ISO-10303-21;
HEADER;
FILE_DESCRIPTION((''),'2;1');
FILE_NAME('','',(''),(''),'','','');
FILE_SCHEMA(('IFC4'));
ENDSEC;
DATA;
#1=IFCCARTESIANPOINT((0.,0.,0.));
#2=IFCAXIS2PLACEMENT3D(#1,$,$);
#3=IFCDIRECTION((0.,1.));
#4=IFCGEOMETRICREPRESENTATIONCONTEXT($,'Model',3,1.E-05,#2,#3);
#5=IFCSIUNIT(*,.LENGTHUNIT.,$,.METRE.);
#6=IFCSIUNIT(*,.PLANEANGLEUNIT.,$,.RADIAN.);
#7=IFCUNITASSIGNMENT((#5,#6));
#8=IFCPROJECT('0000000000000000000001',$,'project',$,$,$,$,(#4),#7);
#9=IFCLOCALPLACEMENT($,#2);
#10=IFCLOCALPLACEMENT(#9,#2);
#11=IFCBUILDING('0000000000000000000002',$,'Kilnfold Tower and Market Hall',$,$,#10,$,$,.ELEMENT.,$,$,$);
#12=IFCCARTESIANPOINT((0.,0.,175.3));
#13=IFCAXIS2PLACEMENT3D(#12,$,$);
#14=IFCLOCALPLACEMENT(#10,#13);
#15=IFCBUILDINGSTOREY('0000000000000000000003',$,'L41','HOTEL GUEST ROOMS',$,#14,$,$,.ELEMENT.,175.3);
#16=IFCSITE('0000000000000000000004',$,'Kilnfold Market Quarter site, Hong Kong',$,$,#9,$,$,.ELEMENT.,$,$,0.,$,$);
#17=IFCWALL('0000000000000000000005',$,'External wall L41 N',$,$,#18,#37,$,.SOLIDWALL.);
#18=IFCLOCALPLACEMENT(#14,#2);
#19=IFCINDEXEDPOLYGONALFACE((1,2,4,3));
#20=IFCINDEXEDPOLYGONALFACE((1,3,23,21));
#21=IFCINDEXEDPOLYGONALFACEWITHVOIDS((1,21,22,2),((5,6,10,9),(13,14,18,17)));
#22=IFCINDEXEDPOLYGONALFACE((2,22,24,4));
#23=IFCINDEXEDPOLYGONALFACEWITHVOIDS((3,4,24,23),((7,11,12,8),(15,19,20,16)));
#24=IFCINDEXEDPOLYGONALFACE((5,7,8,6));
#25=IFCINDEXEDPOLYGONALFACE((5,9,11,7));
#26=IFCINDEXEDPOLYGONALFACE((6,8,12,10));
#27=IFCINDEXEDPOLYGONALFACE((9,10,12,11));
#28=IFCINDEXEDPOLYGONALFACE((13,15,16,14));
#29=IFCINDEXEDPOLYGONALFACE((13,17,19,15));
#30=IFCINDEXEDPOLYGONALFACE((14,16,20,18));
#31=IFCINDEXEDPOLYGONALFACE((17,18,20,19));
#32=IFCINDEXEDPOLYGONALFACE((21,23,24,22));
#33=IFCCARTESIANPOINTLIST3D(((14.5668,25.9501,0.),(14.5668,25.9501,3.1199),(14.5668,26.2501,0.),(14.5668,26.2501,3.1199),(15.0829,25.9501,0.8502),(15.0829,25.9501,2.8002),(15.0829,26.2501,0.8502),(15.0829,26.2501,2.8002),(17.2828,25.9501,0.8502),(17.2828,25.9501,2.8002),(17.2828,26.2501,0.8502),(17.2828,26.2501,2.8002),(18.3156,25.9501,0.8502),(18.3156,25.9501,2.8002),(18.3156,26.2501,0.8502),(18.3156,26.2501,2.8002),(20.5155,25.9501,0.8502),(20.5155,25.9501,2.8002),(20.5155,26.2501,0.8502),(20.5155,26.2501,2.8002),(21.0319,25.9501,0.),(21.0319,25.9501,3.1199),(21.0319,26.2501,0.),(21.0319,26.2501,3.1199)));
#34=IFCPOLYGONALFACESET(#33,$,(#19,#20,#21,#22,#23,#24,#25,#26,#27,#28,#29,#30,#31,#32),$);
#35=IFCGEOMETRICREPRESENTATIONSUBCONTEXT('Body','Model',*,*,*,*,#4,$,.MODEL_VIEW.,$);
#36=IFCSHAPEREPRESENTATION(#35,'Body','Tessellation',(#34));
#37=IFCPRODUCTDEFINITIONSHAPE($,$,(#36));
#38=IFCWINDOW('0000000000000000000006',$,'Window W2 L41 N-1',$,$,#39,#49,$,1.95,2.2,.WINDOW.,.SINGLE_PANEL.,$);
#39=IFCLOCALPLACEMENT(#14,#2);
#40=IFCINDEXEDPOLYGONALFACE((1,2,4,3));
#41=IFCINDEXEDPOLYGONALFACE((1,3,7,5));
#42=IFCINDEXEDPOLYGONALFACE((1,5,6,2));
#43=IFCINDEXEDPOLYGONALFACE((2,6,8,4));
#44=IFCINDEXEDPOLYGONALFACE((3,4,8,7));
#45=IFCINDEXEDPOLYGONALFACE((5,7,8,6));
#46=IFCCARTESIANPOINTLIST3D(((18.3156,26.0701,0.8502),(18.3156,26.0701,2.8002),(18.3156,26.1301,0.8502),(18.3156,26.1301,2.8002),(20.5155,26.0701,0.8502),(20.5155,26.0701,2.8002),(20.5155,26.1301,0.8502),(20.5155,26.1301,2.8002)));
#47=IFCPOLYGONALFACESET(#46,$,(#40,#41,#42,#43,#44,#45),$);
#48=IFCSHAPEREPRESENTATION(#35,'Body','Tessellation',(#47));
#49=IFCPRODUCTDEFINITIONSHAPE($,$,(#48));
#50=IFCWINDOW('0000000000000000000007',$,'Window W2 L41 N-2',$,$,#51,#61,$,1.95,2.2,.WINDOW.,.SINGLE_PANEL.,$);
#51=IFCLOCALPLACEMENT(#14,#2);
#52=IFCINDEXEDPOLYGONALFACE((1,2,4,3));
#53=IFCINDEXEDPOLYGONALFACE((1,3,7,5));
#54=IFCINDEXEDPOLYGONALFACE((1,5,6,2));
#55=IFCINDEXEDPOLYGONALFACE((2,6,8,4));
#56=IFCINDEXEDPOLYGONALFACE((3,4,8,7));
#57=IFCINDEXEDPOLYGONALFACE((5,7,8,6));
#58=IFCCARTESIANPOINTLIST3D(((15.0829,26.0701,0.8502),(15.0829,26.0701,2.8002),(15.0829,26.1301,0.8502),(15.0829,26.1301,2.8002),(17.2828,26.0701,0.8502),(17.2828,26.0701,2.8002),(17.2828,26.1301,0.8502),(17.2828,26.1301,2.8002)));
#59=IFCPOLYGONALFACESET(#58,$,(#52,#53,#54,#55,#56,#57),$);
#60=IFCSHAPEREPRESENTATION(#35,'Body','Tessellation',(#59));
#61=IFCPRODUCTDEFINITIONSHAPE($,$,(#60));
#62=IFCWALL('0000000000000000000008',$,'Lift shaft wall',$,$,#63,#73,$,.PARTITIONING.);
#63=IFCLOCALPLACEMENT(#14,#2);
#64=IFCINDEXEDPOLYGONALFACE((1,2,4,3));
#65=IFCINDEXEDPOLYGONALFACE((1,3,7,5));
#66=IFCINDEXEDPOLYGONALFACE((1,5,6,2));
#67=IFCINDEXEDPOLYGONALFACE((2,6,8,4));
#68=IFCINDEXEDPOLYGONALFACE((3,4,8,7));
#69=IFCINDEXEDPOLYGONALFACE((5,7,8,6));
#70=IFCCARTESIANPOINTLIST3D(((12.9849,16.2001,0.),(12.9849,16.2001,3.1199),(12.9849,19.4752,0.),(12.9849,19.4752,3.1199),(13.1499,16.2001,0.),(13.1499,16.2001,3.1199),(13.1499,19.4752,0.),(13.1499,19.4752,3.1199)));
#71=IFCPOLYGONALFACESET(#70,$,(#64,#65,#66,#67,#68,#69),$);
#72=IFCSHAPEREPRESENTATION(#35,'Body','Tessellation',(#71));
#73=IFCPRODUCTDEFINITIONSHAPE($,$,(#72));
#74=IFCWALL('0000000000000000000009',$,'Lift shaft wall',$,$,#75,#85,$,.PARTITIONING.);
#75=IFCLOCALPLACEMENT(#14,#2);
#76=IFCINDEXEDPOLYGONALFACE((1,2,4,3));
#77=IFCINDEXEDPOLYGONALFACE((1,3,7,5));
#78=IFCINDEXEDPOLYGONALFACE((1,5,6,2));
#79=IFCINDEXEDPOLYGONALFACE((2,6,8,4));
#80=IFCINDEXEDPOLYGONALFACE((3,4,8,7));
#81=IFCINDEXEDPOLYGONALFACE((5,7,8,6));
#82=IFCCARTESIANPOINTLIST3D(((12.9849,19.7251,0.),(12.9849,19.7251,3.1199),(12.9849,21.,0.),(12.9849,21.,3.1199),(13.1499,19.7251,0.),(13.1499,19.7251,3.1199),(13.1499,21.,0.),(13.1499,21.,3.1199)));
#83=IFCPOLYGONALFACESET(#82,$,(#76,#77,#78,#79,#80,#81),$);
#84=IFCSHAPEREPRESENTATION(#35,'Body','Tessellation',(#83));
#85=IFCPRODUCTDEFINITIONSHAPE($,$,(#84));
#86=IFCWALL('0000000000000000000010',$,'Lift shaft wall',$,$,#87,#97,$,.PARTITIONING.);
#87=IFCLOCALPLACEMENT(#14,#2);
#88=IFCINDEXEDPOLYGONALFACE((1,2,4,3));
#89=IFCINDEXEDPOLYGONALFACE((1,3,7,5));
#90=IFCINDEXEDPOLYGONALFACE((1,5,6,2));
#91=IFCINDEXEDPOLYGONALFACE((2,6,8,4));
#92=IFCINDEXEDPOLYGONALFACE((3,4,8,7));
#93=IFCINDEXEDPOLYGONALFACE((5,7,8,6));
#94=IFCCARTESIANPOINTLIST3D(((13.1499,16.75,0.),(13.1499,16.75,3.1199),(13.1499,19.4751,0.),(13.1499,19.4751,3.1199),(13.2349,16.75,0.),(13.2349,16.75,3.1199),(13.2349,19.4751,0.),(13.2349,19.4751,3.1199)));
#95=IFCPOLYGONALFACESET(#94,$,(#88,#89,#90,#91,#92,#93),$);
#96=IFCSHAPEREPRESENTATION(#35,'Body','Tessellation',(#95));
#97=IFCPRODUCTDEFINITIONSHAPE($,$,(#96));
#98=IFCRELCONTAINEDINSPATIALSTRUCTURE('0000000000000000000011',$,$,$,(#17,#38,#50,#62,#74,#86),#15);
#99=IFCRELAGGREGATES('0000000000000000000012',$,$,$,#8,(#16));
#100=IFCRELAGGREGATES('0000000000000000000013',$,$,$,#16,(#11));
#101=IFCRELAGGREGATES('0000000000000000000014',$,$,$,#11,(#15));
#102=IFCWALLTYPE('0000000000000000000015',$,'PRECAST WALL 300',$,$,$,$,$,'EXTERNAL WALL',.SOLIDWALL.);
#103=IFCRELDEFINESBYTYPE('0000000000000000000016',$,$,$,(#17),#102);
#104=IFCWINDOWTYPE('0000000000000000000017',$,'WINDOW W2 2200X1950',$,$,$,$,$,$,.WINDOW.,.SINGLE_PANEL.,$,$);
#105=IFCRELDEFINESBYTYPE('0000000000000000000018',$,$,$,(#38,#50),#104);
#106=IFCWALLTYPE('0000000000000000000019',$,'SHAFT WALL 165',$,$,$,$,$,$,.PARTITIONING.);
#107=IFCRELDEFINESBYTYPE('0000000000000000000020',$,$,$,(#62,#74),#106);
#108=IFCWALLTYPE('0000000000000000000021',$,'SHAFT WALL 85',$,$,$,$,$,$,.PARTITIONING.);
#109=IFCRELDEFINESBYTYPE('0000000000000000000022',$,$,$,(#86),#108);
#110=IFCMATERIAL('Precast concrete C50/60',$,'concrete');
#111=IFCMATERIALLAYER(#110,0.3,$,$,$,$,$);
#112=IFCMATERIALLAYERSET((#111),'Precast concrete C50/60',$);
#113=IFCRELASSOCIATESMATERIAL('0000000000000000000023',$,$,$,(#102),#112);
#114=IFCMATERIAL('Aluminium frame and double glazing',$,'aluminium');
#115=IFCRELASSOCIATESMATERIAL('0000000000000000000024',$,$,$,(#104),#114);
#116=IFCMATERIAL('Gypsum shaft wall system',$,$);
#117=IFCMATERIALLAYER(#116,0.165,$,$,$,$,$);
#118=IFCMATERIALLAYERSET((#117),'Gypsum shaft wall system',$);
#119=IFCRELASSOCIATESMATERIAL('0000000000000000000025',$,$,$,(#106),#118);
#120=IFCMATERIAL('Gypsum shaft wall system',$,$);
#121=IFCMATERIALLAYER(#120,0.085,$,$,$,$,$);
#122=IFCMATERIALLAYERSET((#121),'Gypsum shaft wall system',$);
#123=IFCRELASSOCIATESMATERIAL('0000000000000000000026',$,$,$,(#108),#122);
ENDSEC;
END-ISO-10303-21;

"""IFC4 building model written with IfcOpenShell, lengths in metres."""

from ifc_helpers import new_model, si_unit, direction, frame, frame_2d, origin, place, context, subcontext, project, spatial, rectangle, extrude, source, transform, mapped, material, layer, layer_set, type_object, element, fill, save


model = new_model("IFC4")

# Units and contexts
model_context = context("Model", 3, precision=1e-05, world=origin(), true_north=direction((0.0, 1.0)))
body_context = subcontext(model_context, "Body", "Model", "MODEL_VIEW")
ifc_project = project(units=[si_unit("LENGTHUNIT", "METRE"), si_unit("PLANEANGLEUNIT", "RADIAN")], contexts=[model_context])

# Site, building, storey
site_placement = place(None, origin())
site = spatial("IfcSite", under=ifc_project, at=site_placement, Name="Kilnfold Market Quarter site, Hong Kong", CompositionType="ELEMENT", RefElevation=0.0)
building_placement = place(site_placement, origin())
building = spatial("IfcBuilding", under=site, at=building_placement, Name="Kilnfold Tower and Market Hall", CompositionType="ELEMENT")
storey_placement = place(building_placement, frame((0.0, 0.0, 175.3)))
storey = spatial("IfcBuildingStorey", under=building, at=storey_placement, Name="L41", Description="HOTEL GUEST ROOMS", CompositionType="ELEMENT", Elevation=175.3)

# Shared definitions
ifc_material_1 = material(Name="Precast concrete C50/60", Category="concrete")
ifc_layer_1 = layer(ifc_material_1, 0.3)
ifc_layer_set_1 = layer_set([ifc_layer_1], Name="Precast concrete C50/60")
wall_type_1 = type_object("IfcWallType", Name="PRECAST WALL 300", ElementType="EXTERNAL WALL", PredefinedType="SOLIDWALL", material=ifc_layer_set_1)
ifc_material_2 = material(Name="Aluminium frame and double glazing", Category="aluminium")
window_type = type_object("IfcWindowType", Name="WINDOW W2 2200X1950", PartitioningType="SINGLE_PANEL", PredefinedType="WINDOW", material=ifc_material_2)

# Wall, openings, windows
shared_shape_1 = source(origin(), body_context, "Body", "SweptSolid", [
    extrude(rectangle(XDim=6.4651, YDim=0.3, at=frame_2d((3.2324, 0.0))), origin(), (0.0, 0.0, 1.0), 3.1199),
])
wall_1_placement = place(storey_placement, frame((21.0317, 26.1001, 0.0), z_axis=(0.0, 0.0, 1.0), x_axis=(-1.0, 0.0, 0.0)))
wall_1 = element("IfcWall", 1, at=wall_1_placement, inside=storey, type_object=wall_type_1, Name="External wall L41 N", PredefinedType="SOLIDWALL", context=body_context, shape_type="MappedRepresentation", body=[
    mapped(shared_shape_1, transform((0.0, 0.0, 0.0))),
])
opening_1_placement = place(wall_1_placement, frame((0.5161, 0.0, 0.8501)))
opening_1 = element("IfcOpeningElement", 2, at=opening_1_placement, cuts=wall_1, PredefinedType="OPENING", context=body_context, shape_type="SweptSolid", body=[
    extrude(rectangle(XDim=2.2, YDim=1.95, at=frame_2d((1.1001, 0.9751))), frame((0.0, 0.1602, 0.0), z_axis=(0.0, -1.0, 0.0), x_axis=(1.0, 0.0, 0.0)), (0.0, 0.0, 1.0), 0.3201),
])
opening_2_placement = place(wall_1_placement, frame((3.7488, 0.0, 0.8501)))
opening_2 = element("IfcOpeningElement", 3, at=opening_2_placement, cuts=wall_1, PredefinedType="OPENING", context=body_context, shape_type="SweptSolid", body=[
    extrude(rectangle(XDim=2.2, YDim=1.95, at=frame_2d((1.1001, 0.9751))), frame((0.0, 0.1602, 0.0), z_axis=(0.0, -1.0, 0.0), x_axis=(1.0, 0.0, 0.0)), (0.0, 0.0, 1.0), 0.3201),
])
window_1_placement = place(opening_1_placement, origin())
window_1 = element("IfcWindow", 4, at=window_1_placement, inside=storey, type_object=window_type, Name="Window W2 L41 N-1", OverallHeight=1.95, OverallWidth=2.2, PartitioningType="SINGLE_PANEL", PredefinedType="WINDOW", context=body_context, shape_type="SweptSolid", body=[
    extrude(rectangle(XDim=2.2, YDim=1.95, at=frame_2d((1.1001, 0.9751))), frame((0.0, 0.03, 0.0), z_axis=(0.0, -1.0, 0.0), x_axis=(1.0, 0.0, 0.0)), (0.0, 0.0, 1.0), 0.0601),
])
fill(opening_1, window_1)
window_2_placement = place(opening_2_placement, origin())
window_2 = element("IfcWindow", 5, at=window_2_placement, inside=storey, type_object=window_type, Name="Window W2 L41 N-2", OverallHeight=1.95, OverallWidth=2.2, PartitioningType="SINGLE_PANEL", PredefinedType="WINDOW", context=body_context, shape_type="SweptSolid", body=[
    extrude(rectangle(XDim=2.2, YDim=1.95, at=frame_2d((1.1001, 0.9751))), frame((0.0, 0.03, 0.0), z_axis=(0.0, -1.0, 0.0), x_axis=(1.0, 0.0, 0.0)), (0.0, 0.0, 1.0), 0.0601),
])
fill(opening_2, window_2)

# Walls
ifc_material_3 = material(Name="Gypsum shaft wall system")
ifc_layer_2 = layer(ifc_material_3, 0.165)
ifc_layer_set_2 = layer_set([ifc_layer_2], Name="Gypsum shaft wall system")
wall_type_2 = type_object("IfcWallType", Name="SHAFT WALL 165", PredefinedType="PARTITIONING", material=ifc_layer_set_2)
shared_shape_2 = source(origin(), body_context, "Body", "SweptSolid", [
    extrude(rectangle(XDim=3.2751, YDim=0.165, at=frame_2d((1.6377, 0.0))), origin(), (0.0, 0.0, 1.0), 3.1199),
])
wall_2_placement = place(storey_placement, frame((13.0674, 16.2, 0.0), z_axis=(0.0, 0.0, 1.0), x_axis=(0.0, 1.0, 0.0)))
element("IfcWall", 6, at=wall_2_placement, inside=storey, type_object=wall_type_2, Name="Lift shaft wall", PredefinedType="PARTITIONING", context=body_context, shape_type="MappedRepresentation", body=[
    mapped(shared_shape_2, transform((0.0, 0.0, 0.0))),
])
shared_shape_3 = source(origin(), body_context, "Body", "SweptSolid", [
    extrude(rectangle(XDim=1.2749, YDim=0.165, at=frame_2d((0.6375, 0.0))), origin(), (0.0, 0.0, 1.0), 3.1199),
])
wall_3_placement = place(storey_placement, frame((13.0674, 19.7251, 0.0), z_axis=(0.0, 0.0, 1.0), x_axis=(0.0, 1.0, 0.0)))
element("IfcWall", 7, at=wall_3_placement, inside=storey, type_object=wall_type_2, Name="Lift shaft wall", PredefinedType="PARTITIONING", context=body_context, shape_type="MappedRepresentation", body=[
    mapped(shared_shape_3, transform((0.0, 0.0, 0.0))),
])
ifc_material_4 = material(Name="Gypsum shaft wall system")
ifc_layer_3 = layer(ifc_material_4, 0.085)
ifc_layer_set_3 = layer_set([ifc_layer_3], Name="Gypsum shaft wall system")
wall_type_3 = type_object("IfcWallType", Name="SHAFT WALL 85", PredefinedType="PARTITIONING", material=ifc_layer_set_3)
shared_shape_4 = source(origin(), body_context, "Body", "SweptSolid", [
    extrude(rectangle(XDim=2.7251, YDim=0.085, at=frame_2d((1.3625, 0.0))), origin(), (0.0, 0.0, 1.0), 3.1199),
])
wall_4_placement = place(storey_placement, frame((13.1924, 16.75, 0.0), z_axis=(0.0, 0.0, 1.0), x_axis=(0.0, 1.0, 0.0)))
element("IfcWall", 8, at=wall_4_placement, inside=storey, type_object=wall_type_3, Name="Lift shaft wall", PredefinedType="PARTITIONING", context=body_context, shape_type="MappedRepresentation", body=[
    mapped(shared_shape_4, transform((0.0, 0.0, 0.0))),
])

save(model, "model.ifc")
